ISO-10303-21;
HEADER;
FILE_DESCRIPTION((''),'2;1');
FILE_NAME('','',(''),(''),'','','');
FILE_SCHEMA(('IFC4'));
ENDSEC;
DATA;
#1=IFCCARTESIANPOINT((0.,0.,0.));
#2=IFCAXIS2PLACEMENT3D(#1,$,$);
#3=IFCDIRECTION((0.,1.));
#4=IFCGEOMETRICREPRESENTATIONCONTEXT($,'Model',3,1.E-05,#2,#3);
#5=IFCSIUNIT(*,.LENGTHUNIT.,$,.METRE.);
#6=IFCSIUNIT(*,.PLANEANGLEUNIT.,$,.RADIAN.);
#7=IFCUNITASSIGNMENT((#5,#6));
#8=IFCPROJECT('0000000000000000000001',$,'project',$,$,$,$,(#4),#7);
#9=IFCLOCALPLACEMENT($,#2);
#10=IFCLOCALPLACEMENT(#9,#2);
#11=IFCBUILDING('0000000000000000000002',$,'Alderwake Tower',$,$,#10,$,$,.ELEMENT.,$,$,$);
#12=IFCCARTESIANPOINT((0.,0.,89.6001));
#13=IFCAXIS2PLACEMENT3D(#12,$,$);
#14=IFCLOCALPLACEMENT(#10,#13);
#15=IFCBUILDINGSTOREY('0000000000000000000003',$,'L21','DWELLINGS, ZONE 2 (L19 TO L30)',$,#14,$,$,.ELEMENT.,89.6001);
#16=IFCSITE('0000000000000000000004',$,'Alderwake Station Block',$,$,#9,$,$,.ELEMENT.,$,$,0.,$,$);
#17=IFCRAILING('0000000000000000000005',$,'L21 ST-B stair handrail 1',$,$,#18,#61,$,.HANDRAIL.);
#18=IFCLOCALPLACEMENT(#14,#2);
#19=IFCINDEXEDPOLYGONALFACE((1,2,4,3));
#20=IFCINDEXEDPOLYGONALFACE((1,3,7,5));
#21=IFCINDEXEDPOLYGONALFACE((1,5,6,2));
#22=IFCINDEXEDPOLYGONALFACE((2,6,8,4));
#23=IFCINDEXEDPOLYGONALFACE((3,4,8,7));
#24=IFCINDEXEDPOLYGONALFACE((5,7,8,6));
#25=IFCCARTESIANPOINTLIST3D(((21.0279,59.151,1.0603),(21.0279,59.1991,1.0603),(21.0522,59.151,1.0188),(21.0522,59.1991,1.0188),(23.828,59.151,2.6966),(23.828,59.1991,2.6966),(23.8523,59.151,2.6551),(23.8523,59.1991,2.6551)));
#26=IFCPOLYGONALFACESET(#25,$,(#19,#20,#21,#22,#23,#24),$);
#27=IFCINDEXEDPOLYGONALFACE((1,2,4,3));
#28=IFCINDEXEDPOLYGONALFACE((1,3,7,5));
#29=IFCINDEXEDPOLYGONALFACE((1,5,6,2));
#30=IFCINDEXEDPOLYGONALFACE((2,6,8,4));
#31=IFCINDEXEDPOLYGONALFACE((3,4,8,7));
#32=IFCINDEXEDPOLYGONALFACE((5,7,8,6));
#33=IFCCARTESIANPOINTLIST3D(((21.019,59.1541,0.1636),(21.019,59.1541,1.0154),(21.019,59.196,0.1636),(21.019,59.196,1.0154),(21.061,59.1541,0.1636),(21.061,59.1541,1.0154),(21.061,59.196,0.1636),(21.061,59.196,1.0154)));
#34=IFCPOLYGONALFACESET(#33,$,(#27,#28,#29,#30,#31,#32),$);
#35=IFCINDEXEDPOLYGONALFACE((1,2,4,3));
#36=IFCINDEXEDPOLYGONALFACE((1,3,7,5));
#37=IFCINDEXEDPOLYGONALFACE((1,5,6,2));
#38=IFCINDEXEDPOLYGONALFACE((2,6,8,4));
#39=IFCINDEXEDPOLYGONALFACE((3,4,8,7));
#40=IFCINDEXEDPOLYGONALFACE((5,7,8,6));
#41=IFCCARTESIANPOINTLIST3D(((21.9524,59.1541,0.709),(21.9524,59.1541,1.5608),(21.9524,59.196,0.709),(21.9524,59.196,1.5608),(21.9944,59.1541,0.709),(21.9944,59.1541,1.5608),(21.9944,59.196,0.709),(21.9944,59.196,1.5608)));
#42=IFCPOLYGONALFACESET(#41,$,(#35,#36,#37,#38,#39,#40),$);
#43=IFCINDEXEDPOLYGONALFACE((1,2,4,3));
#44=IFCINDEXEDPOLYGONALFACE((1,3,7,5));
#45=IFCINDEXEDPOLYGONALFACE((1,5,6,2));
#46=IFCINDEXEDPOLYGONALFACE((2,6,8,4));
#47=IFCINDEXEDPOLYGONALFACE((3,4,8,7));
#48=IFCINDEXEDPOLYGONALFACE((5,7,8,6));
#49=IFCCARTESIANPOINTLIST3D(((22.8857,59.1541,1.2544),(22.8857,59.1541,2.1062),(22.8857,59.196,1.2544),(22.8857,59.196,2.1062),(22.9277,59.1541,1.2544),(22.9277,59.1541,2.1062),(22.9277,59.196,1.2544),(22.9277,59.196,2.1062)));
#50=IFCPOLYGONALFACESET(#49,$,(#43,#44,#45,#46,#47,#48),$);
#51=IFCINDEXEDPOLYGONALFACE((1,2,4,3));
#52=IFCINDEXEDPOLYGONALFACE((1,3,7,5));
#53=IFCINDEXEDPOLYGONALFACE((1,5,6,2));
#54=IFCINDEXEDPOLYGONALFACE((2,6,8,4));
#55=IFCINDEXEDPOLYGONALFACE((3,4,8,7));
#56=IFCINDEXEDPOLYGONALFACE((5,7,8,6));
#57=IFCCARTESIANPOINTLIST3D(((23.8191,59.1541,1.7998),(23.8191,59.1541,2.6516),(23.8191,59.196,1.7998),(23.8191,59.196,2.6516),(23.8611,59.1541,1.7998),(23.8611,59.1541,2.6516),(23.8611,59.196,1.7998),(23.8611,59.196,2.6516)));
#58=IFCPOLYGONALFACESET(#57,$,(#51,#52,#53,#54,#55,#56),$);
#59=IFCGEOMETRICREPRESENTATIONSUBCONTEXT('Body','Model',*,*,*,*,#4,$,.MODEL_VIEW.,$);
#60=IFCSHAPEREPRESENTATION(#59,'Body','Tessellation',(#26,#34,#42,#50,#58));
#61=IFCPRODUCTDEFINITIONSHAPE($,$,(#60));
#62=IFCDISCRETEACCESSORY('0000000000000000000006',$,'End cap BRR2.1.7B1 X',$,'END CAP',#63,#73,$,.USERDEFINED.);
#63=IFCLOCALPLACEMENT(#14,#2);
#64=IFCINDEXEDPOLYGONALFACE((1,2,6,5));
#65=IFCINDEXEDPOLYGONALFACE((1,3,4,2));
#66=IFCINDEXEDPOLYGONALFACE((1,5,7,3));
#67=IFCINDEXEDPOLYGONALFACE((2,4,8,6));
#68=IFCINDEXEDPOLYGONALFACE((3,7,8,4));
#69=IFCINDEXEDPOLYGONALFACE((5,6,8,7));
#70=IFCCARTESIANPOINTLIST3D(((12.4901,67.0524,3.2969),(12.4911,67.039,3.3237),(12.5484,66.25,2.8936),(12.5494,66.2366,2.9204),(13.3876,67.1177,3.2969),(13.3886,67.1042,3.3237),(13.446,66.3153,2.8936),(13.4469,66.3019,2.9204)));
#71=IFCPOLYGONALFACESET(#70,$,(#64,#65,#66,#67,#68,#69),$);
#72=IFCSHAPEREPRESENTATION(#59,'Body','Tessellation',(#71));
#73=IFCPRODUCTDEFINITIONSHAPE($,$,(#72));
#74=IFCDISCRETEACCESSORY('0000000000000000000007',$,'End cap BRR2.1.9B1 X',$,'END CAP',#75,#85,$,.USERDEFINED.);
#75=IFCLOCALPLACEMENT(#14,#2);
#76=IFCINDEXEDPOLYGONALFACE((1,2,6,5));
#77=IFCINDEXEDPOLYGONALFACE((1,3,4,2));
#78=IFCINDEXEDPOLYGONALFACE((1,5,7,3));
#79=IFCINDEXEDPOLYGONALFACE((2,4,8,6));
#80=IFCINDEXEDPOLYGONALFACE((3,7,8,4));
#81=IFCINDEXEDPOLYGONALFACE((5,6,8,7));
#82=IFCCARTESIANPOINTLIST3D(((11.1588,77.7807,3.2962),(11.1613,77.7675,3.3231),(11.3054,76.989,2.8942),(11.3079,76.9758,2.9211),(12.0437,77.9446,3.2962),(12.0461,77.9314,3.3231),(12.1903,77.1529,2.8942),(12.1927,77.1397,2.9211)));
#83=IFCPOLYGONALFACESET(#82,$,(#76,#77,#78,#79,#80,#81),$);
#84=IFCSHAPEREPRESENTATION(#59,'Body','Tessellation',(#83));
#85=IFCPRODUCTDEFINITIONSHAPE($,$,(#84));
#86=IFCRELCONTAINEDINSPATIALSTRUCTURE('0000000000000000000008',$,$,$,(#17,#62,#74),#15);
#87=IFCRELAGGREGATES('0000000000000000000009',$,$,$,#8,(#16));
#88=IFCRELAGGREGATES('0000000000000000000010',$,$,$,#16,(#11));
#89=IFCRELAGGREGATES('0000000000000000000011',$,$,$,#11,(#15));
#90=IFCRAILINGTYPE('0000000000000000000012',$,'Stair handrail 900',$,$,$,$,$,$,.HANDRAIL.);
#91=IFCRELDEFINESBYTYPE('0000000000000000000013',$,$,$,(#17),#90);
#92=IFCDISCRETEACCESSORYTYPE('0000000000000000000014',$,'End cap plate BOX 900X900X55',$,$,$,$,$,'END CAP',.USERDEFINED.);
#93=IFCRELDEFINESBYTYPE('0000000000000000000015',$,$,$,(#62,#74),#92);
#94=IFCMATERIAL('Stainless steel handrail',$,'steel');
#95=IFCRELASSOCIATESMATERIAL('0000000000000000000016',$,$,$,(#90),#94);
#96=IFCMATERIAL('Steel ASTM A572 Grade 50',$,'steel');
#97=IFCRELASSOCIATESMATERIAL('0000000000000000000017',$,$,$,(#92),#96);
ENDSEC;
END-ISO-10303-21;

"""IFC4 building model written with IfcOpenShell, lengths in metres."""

from ifc_helpers import new_model, si_unit, direction, frame, origin, origin_with_axes, origin_2d, place, context, subcontext, project, spatial, rectangle, extrude, material, material_profile, profile_set, type_object, element, save


model = new_model("IFC4")

# Units and contexts
model_context = context("Model", 3, precision=1e-05, world=origin(), true_north=direction((0.0, 1.0)))
body_context = subcontext(model_context, "Body", "Model", "MODEL_VIEW")
ifc_project = project(units=[si_unit("LENGTHUNIT", "METRE"), si_unit("PLANEANGLEUNIT", "RADIAN")], contexts=[model_context])

# Site, building, storey
site_placement = place(None, origin())
site = spatial("IfcSite", under=ifc_project, at=site_placement, Name="Alderwake Station Block", CompositionType="ELEMENT", RefElevation=0.0)
building_placement = place(site_placement, origin())
building = spatial("IfcBuilding", under=site, at=building_placement, Name="Alderwake Tower", CompositionType="ELEMENT")
storey_placement = place(building_placement, frame((0.0, 0.0, 89.6001)))
storey = spatial("IfcBuildingStorey", under=building, at=storey_placement, Name="L21", Description="DWELLINGS, ZONE 2 (L19 TO L30)", CompositionType="ELEMENT", Elevation=89.6001)

# Railing
ifc_material_1 = material(Name="Stainless steel handrail", Category="steel")
railing_type_1 = type_object("IfcRailingType", Name="Stair handrail 900", PredefinedType="HANDRAIL", material=ifc_material_1)
railing_1_placement = place(storey_placement, frame((21.04, 59.175, 0.1636)))
element("IfcRailing", 1, at=railing_1_placement, inside=storey, type_object=railing_type_1, Name="L21 ST-B stair handrail 1", PredefinedType="HANDRAIL", context=body_context, shape_type="SweptSolid", body=[
    extrude(rectangle(XDim=0.0481, YDim=0.0481, at=origin_2d()), frame((0.0, 0.0, 0.876), z_axis=(0.863394, 0.0, 0.504531), x_axis=(0.0, 1.0, 0.0)), (0.0, 0.0, 1.0), 3.2432),
    extrude(rectangle(XDim=0.042, YDim=0.042, at=origin_2d()), origin_with_axes(), (0.0, 0.0, 1.0), 0.8518),
    extrude(rectangle(XDim=0.042, YDim=0.042, at=origin_2d()), frame((0.9333, 0.0, 0.5454), z_axis=(0.0, 0.0, 1.0), x_axis=(1.0, 0.0, 0.0)), (0.0, 0.0, 1.0), 0.8518),
    extrude(rectangle(XDim=0.042, YDim=0.042, at=origin_2d()), frame((1.8667, 0.0, 1.0908), z_axis=(0.0, 0.0, 1.0), x_axis=(1.0, 0.0, 0.0)), (0.0, 0.0, 1.0), 0.8518),
    extrude(rectangle(XDim=0.042, YDim=0.042, at=origin_2d()), frame((2.8, 0.0, 1.6362), z_axis=(0.0, 0.0, 1.0), x_axis=(1.0, 0.0, 0.0)), (0.0, 0.0, 1.0), 0.8518),
])

# Discrete accessories
ifc_material_2 = material(Name="Steel ASTM A572 Grade 50", Category="steel")
ifc_material_profile = material_profile(ifc_material_2, rectangle(XDim=0.8999, YDim=0.8999, at=origin_2d()), Name="BOX 900X900X55 cap")
ifc_profile_set = profile_set([ifc_material_profile], Name="Steel ASTM A572 Grade 50")
discrete_accessory_type = type_object("IfcDiscreteAccessoryType", Name="End cap plate BOX 900X900X55", ElementType="END CAP", PredefinedType="USERDEFINED", material=ifc_profile_set)
for number, where, z_axis, x_axis, name in (
    (2, (12.968, 66.6838, 3.0952), (0.032507, -0.446977, 0.893954), (0.997366, 0.072536, 0.0), "End cap BRR2.1.7B1 X"),
    (3, (11.6746, 77.4668, 3.0952), (0.081336, -0.439213, 0.894693), (0.983282, 0.182089, 0.0), "End cap BRR2.1.9B1 X"),
):
    element("IfcDiscreteAccessory", number, at=place(storey_placement, frame(where, z_axis=z_axis, x_axis=x_axis)), inside=storey, type_object=discrete_accessory_type, Name=name, ObjectType="END CAP", PredefinedType="USERDEFINED", context=body_context, shape_type="SweptSolid", body=[
        extrude(rectangle(XDim=0.8999, YDim=0.8999, at=origin_2d()), origin(), (0.0, 0.0, 1.0), 0.03),
    ])

save(model, "model.ifc")
